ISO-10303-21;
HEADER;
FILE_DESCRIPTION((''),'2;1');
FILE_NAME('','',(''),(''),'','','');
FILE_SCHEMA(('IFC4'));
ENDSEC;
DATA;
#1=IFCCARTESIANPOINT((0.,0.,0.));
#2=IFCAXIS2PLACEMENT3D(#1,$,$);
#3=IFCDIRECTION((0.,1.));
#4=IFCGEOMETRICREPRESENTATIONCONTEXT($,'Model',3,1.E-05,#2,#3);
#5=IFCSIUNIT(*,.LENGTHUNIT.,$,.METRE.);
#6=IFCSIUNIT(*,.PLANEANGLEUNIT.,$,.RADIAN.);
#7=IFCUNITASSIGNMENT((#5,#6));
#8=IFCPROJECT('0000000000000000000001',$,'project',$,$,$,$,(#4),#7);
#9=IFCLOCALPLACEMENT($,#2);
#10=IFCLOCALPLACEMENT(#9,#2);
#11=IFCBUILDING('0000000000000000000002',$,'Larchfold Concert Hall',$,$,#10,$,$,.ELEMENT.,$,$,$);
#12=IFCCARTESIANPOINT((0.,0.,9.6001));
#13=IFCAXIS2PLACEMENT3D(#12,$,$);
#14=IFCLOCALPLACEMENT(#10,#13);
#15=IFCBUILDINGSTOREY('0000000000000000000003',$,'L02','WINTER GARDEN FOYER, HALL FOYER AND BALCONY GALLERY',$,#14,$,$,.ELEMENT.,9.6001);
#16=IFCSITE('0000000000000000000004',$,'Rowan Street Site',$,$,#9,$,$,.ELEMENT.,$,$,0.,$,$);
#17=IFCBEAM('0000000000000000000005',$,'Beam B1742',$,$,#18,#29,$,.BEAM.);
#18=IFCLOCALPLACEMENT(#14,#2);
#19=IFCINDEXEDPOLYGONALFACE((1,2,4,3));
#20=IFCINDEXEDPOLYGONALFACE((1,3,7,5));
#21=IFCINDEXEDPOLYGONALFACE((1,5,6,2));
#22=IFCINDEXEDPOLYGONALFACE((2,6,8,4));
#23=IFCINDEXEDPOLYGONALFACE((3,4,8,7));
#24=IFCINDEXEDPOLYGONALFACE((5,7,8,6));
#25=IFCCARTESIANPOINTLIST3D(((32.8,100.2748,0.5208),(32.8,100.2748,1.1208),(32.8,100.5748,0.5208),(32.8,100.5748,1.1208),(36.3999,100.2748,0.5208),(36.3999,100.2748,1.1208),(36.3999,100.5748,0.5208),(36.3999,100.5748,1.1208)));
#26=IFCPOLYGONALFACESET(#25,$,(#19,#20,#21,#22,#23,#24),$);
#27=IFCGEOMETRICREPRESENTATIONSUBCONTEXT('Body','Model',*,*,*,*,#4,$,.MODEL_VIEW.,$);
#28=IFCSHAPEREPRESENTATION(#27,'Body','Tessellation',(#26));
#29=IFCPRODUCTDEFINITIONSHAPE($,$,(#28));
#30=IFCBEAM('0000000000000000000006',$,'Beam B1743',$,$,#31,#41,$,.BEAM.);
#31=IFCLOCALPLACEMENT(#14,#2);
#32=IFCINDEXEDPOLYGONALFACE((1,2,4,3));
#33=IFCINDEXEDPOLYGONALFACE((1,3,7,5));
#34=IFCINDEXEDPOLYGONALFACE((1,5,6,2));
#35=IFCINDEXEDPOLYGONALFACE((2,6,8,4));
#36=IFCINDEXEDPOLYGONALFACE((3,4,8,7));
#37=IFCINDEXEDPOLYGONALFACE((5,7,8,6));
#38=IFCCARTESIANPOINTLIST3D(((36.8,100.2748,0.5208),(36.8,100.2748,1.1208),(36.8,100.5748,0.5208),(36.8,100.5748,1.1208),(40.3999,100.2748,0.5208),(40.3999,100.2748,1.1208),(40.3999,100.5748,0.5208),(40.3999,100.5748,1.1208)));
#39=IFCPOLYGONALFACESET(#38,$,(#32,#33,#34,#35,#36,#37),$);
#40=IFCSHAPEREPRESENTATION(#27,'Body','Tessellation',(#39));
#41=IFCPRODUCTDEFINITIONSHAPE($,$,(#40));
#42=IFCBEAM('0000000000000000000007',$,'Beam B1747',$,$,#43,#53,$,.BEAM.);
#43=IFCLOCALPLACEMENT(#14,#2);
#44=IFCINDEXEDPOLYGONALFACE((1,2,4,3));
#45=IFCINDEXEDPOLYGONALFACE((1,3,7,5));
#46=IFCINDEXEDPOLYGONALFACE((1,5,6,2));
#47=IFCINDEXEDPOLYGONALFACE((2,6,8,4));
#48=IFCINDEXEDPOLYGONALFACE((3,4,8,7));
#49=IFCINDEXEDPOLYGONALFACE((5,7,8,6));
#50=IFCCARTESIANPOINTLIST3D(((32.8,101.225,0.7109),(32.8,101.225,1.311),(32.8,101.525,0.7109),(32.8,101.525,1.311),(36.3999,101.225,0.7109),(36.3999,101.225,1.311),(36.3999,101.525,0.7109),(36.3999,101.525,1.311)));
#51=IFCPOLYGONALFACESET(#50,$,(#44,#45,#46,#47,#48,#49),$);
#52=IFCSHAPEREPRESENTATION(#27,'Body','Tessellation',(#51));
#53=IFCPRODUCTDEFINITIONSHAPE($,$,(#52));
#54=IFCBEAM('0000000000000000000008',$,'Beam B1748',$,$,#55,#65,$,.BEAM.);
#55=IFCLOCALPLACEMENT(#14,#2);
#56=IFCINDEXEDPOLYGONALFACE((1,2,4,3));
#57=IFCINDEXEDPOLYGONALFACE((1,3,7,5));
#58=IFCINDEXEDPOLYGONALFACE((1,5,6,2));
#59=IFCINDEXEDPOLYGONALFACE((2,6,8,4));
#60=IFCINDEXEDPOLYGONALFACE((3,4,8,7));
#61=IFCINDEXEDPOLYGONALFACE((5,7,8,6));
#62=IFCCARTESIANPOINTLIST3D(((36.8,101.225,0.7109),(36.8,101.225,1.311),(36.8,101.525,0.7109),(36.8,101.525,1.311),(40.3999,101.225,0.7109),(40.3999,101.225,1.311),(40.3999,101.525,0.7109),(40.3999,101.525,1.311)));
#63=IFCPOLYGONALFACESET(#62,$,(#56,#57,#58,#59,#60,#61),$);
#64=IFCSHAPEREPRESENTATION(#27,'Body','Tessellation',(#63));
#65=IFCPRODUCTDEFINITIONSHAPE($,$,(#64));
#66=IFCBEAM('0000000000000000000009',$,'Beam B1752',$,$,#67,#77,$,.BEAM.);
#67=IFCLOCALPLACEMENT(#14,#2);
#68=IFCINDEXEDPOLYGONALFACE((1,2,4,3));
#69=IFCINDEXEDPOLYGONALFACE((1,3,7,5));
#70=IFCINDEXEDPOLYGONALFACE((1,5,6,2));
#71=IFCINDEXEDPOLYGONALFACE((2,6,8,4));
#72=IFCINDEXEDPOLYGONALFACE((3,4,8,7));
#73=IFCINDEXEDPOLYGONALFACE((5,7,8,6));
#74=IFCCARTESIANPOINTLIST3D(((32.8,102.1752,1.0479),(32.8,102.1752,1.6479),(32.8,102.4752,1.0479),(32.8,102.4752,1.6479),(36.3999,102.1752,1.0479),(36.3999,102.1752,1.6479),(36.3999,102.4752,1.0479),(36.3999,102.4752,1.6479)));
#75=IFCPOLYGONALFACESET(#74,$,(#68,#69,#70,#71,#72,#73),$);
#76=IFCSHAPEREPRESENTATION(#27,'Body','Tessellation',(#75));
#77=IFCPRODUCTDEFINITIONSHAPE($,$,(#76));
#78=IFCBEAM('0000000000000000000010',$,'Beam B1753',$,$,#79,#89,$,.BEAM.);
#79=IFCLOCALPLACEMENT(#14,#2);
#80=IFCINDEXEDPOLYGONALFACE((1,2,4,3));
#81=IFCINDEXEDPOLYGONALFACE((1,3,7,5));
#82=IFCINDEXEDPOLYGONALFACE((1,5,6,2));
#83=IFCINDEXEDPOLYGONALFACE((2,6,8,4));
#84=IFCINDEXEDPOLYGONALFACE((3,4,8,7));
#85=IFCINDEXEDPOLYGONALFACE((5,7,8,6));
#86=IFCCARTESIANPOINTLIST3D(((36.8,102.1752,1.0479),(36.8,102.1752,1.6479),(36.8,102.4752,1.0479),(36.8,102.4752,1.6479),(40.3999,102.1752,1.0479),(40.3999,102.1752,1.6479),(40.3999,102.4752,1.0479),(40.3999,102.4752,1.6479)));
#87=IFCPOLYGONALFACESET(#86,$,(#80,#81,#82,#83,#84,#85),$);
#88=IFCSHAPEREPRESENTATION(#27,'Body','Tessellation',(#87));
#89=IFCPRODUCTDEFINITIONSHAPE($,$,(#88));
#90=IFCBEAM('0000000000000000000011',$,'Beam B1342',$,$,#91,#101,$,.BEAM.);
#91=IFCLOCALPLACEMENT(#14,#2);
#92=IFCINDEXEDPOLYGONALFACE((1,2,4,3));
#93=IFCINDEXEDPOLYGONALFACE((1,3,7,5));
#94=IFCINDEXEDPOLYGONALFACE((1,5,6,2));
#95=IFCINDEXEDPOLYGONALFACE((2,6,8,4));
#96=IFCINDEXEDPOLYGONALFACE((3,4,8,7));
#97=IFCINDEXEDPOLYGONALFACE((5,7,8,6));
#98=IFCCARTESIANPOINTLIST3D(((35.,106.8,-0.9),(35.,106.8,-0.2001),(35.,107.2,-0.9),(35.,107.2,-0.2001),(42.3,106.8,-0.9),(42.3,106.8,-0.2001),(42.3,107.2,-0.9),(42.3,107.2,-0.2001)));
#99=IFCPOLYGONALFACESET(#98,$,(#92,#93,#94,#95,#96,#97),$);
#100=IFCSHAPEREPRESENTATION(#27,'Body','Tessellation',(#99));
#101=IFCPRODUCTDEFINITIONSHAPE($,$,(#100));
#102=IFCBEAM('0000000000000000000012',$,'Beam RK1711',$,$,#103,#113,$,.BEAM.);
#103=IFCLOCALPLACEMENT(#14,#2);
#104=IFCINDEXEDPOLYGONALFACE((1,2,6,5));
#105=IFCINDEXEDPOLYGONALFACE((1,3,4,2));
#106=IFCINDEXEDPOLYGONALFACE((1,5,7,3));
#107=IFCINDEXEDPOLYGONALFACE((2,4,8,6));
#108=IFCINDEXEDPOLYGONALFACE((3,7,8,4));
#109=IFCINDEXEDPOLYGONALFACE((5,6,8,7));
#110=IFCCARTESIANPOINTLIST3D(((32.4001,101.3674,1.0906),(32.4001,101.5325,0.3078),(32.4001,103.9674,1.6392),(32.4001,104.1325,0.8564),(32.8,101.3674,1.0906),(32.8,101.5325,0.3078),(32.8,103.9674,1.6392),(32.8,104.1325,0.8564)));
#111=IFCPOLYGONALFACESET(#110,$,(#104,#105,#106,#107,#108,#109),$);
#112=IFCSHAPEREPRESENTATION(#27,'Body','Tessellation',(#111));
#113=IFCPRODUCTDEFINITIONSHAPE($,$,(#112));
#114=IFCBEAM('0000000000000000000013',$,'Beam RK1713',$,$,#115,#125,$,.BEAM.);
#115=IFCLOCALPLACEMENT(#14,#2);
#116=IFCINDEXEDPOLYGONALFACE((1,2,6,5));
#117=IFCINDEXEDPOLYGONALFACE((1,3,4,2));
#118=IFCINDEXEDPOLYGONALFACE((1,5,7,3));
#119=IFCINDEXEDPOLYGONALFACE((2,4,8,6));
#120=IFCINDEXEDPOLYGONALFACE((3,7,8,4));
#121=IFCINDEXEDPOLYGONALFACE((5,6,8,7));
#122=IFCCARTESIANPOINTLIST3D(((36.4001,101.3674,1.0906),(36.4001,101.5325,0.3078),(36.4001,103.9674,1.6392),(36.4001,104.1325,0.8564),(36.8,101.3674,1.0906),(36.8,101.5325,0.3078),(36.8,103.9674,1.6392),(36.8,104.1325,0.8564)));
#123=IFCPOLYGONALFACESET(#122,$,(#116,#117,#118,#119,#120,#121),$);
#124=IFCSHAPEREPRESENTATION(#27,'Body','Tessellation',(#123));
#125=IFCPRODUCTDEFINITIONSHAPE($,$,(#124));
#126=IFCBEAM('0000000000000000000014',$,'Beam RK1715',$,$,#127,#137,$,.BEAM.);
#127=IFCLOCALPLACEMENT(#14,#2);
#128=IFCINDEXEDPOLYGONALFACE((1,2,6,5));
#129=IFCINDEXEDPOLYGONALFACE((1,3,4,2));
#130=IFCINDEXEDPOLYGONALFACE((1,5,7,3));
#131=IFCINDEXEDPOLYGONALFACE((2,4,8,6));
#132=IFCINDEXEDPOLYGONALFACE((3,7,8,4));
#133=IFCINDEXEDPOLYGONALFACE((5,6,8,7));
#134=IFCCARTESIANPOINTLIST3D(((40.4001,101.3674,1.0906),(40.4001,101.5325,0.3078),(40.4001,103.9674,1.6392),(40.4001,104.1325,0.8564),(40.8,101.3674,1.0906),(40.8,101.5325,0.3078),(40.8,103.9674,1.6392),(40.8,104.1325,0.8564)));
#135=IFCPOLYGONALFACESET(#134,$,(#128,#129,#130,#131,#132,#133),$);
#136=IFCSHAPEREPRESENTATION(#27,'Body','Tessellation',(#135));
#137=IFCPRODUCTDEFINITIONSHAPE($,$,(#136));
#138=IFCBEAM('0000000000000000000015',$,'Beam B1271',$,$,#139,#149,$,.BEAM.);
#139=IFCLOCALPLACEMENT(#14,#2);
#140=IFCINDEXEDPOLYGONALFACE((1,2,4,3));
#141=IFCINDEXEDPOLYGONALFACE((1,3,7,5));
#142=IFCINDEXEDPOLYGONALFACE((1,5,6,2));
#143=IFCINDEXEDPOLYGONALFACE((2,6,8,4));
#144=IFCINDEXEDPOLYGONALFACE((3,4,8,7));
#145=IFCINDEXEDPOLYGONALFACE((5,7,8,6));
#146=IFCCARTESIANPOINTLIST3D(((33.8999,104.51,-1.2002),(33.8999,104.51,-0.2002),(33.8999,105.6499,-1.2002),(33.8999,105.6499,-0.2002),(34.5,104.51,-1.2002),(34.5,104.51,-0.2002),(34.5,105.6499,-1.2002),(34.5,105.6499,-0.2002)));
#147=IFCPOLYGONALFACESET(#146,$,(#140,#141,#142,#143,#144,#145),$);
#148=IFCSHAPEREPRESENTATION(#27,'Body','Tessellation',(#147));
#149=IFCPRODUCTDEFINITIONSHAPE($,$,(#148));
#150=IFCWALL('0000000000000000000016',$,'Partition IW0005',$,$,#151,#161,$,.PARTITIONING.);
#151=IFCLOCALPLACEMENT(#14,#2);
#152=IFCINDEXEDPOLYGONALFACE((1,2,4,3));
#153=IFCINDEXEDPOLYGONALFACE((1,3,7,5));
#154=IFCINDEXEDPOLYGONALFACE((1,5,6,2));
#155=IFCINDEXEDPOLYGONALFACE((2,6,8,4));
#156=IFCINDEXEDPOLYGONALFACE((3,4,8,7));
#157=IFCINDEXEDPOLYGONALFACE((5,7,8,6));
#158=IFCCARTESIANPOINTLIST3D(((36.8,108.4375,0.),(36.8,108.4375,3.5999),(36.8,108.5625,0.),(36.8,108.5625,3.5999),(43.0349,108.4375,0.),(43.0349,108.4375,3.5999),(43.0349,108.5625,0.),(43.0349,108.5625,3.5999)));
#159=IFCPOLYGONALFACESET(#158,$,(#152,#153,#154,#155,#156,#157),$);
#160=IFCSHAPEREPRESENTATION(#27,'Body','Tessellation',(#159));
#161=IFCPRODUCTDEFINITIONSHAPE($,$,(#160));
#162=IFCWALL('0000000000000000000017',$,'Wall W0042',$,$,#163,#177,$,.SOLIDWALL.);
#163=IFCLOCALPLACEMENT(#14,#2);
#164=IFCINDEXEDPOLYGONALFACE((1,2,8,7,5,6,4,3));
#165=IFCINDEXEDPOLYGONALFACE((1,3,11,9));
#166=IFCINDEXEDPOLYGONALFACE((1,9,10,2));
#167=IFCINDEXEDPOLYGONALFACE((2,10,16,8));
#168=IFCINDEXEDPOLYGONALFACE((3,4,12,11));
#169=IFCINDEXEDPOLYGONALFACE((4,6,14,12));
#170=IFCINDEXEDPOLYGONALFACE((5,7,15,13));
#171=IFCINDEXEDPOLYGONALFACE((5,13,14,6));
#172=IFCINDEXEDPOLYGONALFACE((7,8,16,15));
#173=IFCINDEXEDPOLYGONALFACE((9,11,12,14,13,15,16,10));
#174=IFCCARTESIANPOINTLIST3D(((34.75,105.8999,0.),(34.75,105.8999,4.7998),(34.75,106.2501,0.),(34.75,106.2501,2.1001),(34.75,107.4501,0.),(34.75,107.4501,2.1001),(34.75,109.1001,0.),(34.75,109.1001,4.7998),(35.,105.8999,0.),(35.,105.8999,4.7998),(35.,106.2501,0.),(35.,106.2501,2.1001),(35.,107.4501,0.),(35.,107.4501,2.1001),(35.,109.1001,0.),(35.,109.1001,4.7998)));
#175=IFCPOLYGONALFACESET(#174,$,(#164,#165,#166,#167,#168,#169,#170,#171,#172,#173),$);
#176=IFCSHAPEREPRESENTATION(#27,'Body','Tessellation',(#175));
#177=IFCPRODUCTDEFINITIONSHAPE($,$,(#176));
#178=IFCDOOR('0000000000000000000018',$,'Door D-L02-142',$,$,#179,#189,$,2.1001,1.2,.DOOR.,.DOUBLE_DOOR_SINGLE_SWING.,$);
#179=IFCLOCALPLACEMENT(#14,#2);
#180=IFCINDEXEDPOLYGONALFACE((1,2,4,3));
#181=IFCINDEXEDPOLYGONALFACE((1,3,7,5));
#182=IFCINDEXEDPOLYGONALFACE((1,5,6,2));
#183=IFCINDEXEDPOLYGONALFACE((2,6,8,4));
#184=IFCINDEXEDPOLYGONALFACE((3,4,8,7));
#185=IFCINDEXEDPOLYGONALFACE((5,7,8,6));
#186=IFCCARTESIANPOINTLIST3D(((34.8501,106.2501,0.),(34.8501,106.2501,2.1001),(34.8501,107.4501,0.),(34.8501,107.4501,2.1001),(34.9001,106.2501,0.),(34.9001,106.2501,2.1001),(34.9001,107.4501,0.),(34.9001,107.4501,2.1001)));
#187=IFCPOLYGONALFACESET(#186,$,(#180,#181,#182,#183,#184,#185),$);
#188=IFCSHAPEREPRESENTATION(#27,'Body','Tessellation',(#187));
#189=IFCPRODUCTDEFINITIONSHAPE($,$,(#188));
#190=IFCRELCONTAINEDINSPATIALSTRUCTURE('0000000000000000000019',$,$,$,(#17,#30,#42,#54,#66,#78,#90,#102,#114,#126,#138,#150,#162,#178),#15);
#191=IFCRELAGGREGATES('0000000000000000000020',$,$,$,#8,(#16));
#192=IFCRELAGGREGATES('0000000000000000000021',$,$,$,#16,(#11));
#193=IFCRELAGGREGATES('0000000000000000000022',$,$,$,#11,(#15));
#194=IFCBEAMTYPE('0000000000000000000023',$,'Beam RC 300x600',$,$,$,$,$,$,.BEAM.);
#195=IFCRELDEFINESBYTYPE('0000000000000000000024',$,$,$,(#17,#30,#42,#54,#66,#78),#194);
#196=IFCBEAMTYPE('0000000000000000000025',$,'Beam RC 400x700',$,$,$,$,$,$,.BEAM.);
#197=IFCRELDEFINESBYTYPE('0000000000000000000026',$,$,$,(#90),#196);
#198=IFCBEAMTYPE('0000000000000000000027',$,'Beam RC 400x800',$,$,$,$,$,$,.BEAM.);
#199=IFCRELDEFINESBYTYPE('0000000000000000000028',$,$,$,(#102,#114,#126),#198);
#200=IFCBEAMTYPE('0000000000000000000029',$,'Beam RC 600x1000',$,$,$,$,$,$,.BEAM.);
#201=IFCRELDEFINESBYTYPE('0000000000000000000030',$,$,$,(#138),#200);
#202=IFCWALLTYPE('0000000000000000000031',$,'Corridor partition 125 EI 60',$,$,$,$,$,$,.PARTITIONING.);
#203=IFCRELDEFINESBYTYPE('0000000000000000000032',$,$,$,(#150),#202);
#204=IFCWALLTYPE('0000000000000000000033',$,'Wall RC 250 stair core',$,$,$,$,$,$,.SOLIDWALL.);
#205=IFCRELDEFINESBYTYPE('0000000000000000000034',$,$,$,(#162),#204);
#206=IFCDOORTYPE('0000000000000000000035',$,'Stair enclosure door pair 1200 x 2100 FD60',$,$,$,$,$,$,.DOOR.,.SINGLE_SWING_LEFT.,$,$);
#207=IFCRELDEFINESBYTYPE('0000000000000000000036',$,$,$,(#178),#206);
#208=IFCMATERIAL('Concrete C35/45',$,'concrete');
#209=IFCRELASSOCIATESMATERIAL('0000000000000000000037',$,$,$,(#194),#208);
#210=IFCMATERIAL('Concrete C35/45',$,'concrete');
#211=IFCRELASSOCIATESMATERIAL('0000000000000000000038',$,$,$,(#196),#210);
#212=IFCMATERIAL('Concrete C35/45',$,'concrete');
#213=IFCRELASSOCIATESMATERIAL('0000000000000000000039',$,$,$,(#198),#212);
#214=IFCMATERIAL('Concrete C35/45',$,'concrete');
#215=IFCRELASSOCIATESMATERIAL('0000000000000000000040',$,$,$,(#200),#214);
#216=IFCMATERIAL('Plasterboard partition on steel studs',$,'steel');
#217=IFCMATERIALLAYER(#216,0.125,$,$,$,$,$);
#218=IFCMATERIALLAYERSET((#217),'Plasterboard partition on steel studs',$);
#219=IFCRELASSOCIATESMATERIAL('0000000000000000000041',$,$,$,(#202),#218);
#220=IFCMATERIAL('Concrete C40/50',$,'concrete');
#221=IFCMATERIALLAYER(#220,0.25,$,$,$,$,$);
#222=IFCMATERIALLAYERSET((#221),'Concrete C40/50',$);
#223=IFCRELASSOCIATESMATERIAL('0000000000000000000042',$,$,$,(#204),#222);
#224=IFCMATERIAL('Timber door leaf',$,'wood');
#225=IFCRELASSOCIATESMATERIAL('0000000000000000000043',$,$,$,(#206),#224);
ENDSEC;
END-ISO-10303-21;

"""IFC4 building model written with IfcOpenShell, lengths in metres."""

from ifc_helpers import new_model, si_unit, direction, frame, frame_2d, origin, origin_2d, place, context, subcontext, project, spatial, rectangle, extrude, material, layer, layer_set, material_profile, profile_set, type_object, element, fill, save


model = new_model("IFC4")

# Units and contexts
model_context = context("Model", 3, precision=1e-05, world=origin(), true_north=direction((0.0, 1.0)))
body_context = subcontext(model_context, "Body", "Model", "MODEL_VIEW")
ifc_project = project(units=[si_unit("LENGTHUNIT", "METRE"), si_unit("PLANEANGLEUNIT", "RADIAN")], contexts=[model_context])

# Site, building, storey
site_placement = place(None, origin())
site = spatial("IfcSite", under=ifc_project, at=site_placement, Name="Rowan Street Site", CompositionType="ELEMENT", RefElevation=0.0)
building_placement = place(site_placement, origin())
building = spatial("IfcBuilding", under=site, at=building_placement, Name="Larchfold Concert Hall", CompositionType="ELEMENT")
storey_placement = place(building_placement, frame((0.0, 0.0, 9.6001)))
storey = spatial("IfcBuildingStorey", under=building, at=storey_placement, Name="L02", Description="WINTER GARDEN FOYER, HALL FOYER AND BALCONY GALLERY", CompositionType="ELEMENT", Elevation=9.6001)

# Beams
ifc_material_1 = material(Name="Concrete C35/45", Category="concrete")
ifc_material_profile_1 = material_profile(ifc_material_1, rectangle(XDim=0.3, YDim=0.6001, at=origin_2d()))
ifc_profile_set_1 = profile_set([ifc_material_profile_1], Name="Concrete C35/45")
beam_type_1 = type_object("IfcBeamType", Name="Beam RC 300x600", PredefinedType="BEAM", material=ifc_profile_set_1)
for number, where, z_axis, x_axis, name in (
    (1, (32.8, 100.4248, 0.8208), (1.0, 0.0, 0.0), (0.0, 1.0, 0.0), "Beam B1742"),
    (2, (36.8, 100.4248, 0.8208), (1.0, 0.0, 0.0), (0.0, 1.0, 0.0), "Beam B1743"),
    (3, (32.8, 101.375, 1.011), (1.0, 0.0, 0.0), (0.0, 1.0, 0.0), "Beam B1747"),
    (4, (36.8, 101.375, 1.011), (1.0, 0.0, 0.0), (0.0, 1.0, 0.0), "Beam B1748"),
    (5, (32.8, 102.3252, 1.3479), (1.0, 0.0, 0.0), (0.0, 1.0, 0.0), "Beam B1752"),
    (6, (36.8, 102.3252, 1.3479), (1.0, 0.0, 0.0), (0.0, 1.0, 0.0), "Beam B1753"),
):
    element("IfcBeam", number, at=place(storey_placement, frame(where, z_axis=z_axis, x_axis=x_axis)), inside=storey, type_object=beam_type_1, Name=name, PredefinedType="BEAM", context=body_context, shape_type="SweptSolid", body=[
        extrude(rectangle(XDim=0.3, YDim=0.6001, at=origin_2d()), origin(), (0.0, 0.0, 1.0), 3.5999),
    ])
ifc_material_2 = material(Name="Concrete C35/45", Category="concrete")
ifc_material_profile_2 = material_profile(ifc_material_2, rectangle(XDim=0.3999, YDim=0.7, at=origin_2d()))
ifc_profile_set_2 = profile_set([ifc_material_profile_2], Name="Concrete C35/45")
beam_type_2 = type_object("IfcBeamType", Name="Beam RC 400x700", PredefinedType="BEAM", material=ifc_profile_set_2)
beam_1_placement = place(storey_placement, frame((35.0, 107.0, -0.55), z_axis=(1.0, 0.0, 0.0), x_axis=(0.0, 1.0, 0.0)))
element("IfcBeam", 7, at=beam_1_placement, inside=storey, type_object=beam_type_2, Name="Beam B1342", PredefinedType="BEAM", context=body_context, shape_type="SweptSolid", body=[
    extrude(rectangle(XDim=0.3999, YDim=0.7, at=origin_2d()), origin(), (0.0, 0.0, 1.0), 7.3),
])
ifc_material_3 = material(Name="Concrete C35/45", Category="concrete")
ifc_material_profile_3 = material_profile(ifc_material_3, rectangle(XDim=0.3999, YDim=0.8, at=origin_2d()))
ifc_profile_set_3 = profile_set([ifc_material_profile_3], Name="Concrete C35/45")
beam_type_3 = type_object("IfcBeamType", Name="Beam RC 400x800", PredefinedType="BEAM", material=ifc_profile_set_3)
for number, where, z_axis, x_axis, name in (
    (8, (32.6001, 101.45, 0.6992), (0.0, 0.978459, 0.206441), (-1.0, 0.0, 0.0), "Beam RK1711"),
    (9, (36.6001, 101.45, 0.6992), (0.0, 0.978459, 0.206441), (-1.0, 0.0, 0.0), "Beam RK1713"),
    (10, (40.6001, 101.45, 0.6992), (0.0, 0.978459, 0.206441), (-1.0, 0.0, 0.0), "Beam RK1715"),
):
    element("IfcBeam", number, at=place(storey_placement, frame(where, z_axis=z_axis, x_axis=x_axis)), inside=storey, type_object=beam_type_3, Name=name, PredefinedType="BEAM", context=body_context, shape_type="SweptSolid", body=[
        extrude(rectangle(XDim=0.3999, YDim=0.8, at=origin_2d()), origin(), (0.0, 0.0, 1.0), 2.6572),
    ])
ifc_material_4 = material(Name="Concrete C35/45", Category="concrete")
ifc_material_profile_4 = material_profile(ifc_material_4, rectangle(XDim=0.6001, YDim=1.0, at=origin_2d()))
ifc_profile_set_4 = profile_set([ifc_material_profile_4], Name="Concrete C35/45")
beam_type_4 = type_object("IfcBeamType", Name="Beam RC 600x1000", PredefinedType="BEAM", material=ifc_profile_set_4)
beam_2_placement = place(storey_placement, frame((34.2, 104.51, -0.7002), z_axis=(0.0, 1.0, 0.0), x_axis=(-1.0, 0.0, 0.0)))
element("IfcBeam", 11, at=beam_2_placement, inside=storey, type_object=beam_type_4, Name="Beam B1271", PredefinedType="BEAM", context=body_context, shape_type="SweptSolid", body=[
    extrude(rectangle(XDim=0.6001, YDim=1.0, at=origin_2d()), origin(), (0.0, 0.0, 1.0), 1.1399),
])

# Wall
ifc_material_5 = material(Name="Plasterboard partition on steel studs", Category="steel")
ifc_layer_1 = layer(ifc_material_5, 0.125)
ifc_layer_set_1 = layer_set([ifc_layer_1], Name="Plasterboard partition on steel studs")
wall_type_1 = type_object("IfcWallType", Name="Corridor partition 125 EI 60", PredefinedType="PARTITIONING", material=ifc_layer_set_1)
wall_1_placement = place(storey_placement, frame((36.8, 108.5, 0.0), z_axis=(0.0, 0.0, 1.0), x_axis=(1.0, 0.0, 0.0)))
element("IfcWall", 12, at=wall_1_placement, inside=storey, type_object=wall_type_1, Name="Partition IW0005", PredefinedType="PARTITIONING", context=body_context, shape_type="SweptSolid", body=[
    extrude(rectangle(XDim=6.2349, YDim=0.125, at=frame_2d((3.1174, 0.0))), origin(), (0.0, 0.0, 1.0), 3.5999),
])

# Wall, opening, door
ifc_material_6 = material(Name="Concrete C40/50", Category="concrete")
ifc_layer_2 = layer(ifc_material_6, 0.25)
ifc_layer_set_2 = layer_set([ifc_layer_2], Name="Concrete C40/50")
wall_type_2 = type_object("IfcWallType", Name="Wall RC 250 stair core", PredefinedType="SOLIDWALL", material=ifc_layer_set_2)
wall_2_placement = place(storey_placement, frame((34.875, 105.8999, 0.0), z_axis=(0.0, 0.0, 1.0), x_axis=(0.0, 1.0, 0.0)))
wall_2 = element("IfcWall", 13, at=wall_2_placement, inside=storey, type_object=wall_type_2, Name="Wall W0042", PredefinedType="SOLIDWALL", context=body_context, shape_type="SweptSolid", body=[
    extrude(rectangle(XDim=3.2002, YDim=0.25, at=frame_2d((1.6001, 0.0))), origin(), (0.0, 0.0, 1.0), 4.7998),
])
opening_placement = place(wall_2_placement, frame((0.3501, 0.0, 0.0)))
opening = element("IfcOpeningElement", 14, at=opening_placement, cuts=wall_2, PredefinedType="OPENING", context=body_context, shape_type="SweptSolid", body=[
    extrude(rectangle(XDim=1.2, YDim=2.1001, at=frame_2d((0.6001, 1.05))), frame((0.0, 0.135, 0.0), z_axis=(0.0, -1.0, 0.0), x_axis=(1.0, 0.0, 0.0)), (0.0, 0.0, 1.0), 0.27),
])
ifc_material_7 = material(Name="Timber door leaf", Category="wood")
door_type = type_object("IfcDoorType", Name="Stair enclosure door pair 1200 x 2100 FD60", OperationType="SINGLE_SWING_LEFT", PredefinedType="DOOR", material=ifc_material_7)
door_placement = place(opening_placement, origin())
door = element("IfcDoor", 15, at=door_placement, inside=storey, type_object=door_type, Name="Door D-L02-142", OperationType="DOUBLE_DOOR_SINGLE_SWING", OverallHeight=2.1001, OverallWidth=1.2, PredefinedType="DOOR", context=body_context, shape_type="SweptSolid", body=[
    extrude(rectangle(XDim=1.2, YDim=2.1001, at=frame_2d((0.6001, 1.05))), frame((0.0, 0.0249, 0.0), z_axis=(0.0, -1.0, 0.0), x_axis=(1.0, 0.0, 0.0)), (0.0, 0.0, 1.0), 0.05),
])
fill(opening, door)

save(model, "model.ifc")
